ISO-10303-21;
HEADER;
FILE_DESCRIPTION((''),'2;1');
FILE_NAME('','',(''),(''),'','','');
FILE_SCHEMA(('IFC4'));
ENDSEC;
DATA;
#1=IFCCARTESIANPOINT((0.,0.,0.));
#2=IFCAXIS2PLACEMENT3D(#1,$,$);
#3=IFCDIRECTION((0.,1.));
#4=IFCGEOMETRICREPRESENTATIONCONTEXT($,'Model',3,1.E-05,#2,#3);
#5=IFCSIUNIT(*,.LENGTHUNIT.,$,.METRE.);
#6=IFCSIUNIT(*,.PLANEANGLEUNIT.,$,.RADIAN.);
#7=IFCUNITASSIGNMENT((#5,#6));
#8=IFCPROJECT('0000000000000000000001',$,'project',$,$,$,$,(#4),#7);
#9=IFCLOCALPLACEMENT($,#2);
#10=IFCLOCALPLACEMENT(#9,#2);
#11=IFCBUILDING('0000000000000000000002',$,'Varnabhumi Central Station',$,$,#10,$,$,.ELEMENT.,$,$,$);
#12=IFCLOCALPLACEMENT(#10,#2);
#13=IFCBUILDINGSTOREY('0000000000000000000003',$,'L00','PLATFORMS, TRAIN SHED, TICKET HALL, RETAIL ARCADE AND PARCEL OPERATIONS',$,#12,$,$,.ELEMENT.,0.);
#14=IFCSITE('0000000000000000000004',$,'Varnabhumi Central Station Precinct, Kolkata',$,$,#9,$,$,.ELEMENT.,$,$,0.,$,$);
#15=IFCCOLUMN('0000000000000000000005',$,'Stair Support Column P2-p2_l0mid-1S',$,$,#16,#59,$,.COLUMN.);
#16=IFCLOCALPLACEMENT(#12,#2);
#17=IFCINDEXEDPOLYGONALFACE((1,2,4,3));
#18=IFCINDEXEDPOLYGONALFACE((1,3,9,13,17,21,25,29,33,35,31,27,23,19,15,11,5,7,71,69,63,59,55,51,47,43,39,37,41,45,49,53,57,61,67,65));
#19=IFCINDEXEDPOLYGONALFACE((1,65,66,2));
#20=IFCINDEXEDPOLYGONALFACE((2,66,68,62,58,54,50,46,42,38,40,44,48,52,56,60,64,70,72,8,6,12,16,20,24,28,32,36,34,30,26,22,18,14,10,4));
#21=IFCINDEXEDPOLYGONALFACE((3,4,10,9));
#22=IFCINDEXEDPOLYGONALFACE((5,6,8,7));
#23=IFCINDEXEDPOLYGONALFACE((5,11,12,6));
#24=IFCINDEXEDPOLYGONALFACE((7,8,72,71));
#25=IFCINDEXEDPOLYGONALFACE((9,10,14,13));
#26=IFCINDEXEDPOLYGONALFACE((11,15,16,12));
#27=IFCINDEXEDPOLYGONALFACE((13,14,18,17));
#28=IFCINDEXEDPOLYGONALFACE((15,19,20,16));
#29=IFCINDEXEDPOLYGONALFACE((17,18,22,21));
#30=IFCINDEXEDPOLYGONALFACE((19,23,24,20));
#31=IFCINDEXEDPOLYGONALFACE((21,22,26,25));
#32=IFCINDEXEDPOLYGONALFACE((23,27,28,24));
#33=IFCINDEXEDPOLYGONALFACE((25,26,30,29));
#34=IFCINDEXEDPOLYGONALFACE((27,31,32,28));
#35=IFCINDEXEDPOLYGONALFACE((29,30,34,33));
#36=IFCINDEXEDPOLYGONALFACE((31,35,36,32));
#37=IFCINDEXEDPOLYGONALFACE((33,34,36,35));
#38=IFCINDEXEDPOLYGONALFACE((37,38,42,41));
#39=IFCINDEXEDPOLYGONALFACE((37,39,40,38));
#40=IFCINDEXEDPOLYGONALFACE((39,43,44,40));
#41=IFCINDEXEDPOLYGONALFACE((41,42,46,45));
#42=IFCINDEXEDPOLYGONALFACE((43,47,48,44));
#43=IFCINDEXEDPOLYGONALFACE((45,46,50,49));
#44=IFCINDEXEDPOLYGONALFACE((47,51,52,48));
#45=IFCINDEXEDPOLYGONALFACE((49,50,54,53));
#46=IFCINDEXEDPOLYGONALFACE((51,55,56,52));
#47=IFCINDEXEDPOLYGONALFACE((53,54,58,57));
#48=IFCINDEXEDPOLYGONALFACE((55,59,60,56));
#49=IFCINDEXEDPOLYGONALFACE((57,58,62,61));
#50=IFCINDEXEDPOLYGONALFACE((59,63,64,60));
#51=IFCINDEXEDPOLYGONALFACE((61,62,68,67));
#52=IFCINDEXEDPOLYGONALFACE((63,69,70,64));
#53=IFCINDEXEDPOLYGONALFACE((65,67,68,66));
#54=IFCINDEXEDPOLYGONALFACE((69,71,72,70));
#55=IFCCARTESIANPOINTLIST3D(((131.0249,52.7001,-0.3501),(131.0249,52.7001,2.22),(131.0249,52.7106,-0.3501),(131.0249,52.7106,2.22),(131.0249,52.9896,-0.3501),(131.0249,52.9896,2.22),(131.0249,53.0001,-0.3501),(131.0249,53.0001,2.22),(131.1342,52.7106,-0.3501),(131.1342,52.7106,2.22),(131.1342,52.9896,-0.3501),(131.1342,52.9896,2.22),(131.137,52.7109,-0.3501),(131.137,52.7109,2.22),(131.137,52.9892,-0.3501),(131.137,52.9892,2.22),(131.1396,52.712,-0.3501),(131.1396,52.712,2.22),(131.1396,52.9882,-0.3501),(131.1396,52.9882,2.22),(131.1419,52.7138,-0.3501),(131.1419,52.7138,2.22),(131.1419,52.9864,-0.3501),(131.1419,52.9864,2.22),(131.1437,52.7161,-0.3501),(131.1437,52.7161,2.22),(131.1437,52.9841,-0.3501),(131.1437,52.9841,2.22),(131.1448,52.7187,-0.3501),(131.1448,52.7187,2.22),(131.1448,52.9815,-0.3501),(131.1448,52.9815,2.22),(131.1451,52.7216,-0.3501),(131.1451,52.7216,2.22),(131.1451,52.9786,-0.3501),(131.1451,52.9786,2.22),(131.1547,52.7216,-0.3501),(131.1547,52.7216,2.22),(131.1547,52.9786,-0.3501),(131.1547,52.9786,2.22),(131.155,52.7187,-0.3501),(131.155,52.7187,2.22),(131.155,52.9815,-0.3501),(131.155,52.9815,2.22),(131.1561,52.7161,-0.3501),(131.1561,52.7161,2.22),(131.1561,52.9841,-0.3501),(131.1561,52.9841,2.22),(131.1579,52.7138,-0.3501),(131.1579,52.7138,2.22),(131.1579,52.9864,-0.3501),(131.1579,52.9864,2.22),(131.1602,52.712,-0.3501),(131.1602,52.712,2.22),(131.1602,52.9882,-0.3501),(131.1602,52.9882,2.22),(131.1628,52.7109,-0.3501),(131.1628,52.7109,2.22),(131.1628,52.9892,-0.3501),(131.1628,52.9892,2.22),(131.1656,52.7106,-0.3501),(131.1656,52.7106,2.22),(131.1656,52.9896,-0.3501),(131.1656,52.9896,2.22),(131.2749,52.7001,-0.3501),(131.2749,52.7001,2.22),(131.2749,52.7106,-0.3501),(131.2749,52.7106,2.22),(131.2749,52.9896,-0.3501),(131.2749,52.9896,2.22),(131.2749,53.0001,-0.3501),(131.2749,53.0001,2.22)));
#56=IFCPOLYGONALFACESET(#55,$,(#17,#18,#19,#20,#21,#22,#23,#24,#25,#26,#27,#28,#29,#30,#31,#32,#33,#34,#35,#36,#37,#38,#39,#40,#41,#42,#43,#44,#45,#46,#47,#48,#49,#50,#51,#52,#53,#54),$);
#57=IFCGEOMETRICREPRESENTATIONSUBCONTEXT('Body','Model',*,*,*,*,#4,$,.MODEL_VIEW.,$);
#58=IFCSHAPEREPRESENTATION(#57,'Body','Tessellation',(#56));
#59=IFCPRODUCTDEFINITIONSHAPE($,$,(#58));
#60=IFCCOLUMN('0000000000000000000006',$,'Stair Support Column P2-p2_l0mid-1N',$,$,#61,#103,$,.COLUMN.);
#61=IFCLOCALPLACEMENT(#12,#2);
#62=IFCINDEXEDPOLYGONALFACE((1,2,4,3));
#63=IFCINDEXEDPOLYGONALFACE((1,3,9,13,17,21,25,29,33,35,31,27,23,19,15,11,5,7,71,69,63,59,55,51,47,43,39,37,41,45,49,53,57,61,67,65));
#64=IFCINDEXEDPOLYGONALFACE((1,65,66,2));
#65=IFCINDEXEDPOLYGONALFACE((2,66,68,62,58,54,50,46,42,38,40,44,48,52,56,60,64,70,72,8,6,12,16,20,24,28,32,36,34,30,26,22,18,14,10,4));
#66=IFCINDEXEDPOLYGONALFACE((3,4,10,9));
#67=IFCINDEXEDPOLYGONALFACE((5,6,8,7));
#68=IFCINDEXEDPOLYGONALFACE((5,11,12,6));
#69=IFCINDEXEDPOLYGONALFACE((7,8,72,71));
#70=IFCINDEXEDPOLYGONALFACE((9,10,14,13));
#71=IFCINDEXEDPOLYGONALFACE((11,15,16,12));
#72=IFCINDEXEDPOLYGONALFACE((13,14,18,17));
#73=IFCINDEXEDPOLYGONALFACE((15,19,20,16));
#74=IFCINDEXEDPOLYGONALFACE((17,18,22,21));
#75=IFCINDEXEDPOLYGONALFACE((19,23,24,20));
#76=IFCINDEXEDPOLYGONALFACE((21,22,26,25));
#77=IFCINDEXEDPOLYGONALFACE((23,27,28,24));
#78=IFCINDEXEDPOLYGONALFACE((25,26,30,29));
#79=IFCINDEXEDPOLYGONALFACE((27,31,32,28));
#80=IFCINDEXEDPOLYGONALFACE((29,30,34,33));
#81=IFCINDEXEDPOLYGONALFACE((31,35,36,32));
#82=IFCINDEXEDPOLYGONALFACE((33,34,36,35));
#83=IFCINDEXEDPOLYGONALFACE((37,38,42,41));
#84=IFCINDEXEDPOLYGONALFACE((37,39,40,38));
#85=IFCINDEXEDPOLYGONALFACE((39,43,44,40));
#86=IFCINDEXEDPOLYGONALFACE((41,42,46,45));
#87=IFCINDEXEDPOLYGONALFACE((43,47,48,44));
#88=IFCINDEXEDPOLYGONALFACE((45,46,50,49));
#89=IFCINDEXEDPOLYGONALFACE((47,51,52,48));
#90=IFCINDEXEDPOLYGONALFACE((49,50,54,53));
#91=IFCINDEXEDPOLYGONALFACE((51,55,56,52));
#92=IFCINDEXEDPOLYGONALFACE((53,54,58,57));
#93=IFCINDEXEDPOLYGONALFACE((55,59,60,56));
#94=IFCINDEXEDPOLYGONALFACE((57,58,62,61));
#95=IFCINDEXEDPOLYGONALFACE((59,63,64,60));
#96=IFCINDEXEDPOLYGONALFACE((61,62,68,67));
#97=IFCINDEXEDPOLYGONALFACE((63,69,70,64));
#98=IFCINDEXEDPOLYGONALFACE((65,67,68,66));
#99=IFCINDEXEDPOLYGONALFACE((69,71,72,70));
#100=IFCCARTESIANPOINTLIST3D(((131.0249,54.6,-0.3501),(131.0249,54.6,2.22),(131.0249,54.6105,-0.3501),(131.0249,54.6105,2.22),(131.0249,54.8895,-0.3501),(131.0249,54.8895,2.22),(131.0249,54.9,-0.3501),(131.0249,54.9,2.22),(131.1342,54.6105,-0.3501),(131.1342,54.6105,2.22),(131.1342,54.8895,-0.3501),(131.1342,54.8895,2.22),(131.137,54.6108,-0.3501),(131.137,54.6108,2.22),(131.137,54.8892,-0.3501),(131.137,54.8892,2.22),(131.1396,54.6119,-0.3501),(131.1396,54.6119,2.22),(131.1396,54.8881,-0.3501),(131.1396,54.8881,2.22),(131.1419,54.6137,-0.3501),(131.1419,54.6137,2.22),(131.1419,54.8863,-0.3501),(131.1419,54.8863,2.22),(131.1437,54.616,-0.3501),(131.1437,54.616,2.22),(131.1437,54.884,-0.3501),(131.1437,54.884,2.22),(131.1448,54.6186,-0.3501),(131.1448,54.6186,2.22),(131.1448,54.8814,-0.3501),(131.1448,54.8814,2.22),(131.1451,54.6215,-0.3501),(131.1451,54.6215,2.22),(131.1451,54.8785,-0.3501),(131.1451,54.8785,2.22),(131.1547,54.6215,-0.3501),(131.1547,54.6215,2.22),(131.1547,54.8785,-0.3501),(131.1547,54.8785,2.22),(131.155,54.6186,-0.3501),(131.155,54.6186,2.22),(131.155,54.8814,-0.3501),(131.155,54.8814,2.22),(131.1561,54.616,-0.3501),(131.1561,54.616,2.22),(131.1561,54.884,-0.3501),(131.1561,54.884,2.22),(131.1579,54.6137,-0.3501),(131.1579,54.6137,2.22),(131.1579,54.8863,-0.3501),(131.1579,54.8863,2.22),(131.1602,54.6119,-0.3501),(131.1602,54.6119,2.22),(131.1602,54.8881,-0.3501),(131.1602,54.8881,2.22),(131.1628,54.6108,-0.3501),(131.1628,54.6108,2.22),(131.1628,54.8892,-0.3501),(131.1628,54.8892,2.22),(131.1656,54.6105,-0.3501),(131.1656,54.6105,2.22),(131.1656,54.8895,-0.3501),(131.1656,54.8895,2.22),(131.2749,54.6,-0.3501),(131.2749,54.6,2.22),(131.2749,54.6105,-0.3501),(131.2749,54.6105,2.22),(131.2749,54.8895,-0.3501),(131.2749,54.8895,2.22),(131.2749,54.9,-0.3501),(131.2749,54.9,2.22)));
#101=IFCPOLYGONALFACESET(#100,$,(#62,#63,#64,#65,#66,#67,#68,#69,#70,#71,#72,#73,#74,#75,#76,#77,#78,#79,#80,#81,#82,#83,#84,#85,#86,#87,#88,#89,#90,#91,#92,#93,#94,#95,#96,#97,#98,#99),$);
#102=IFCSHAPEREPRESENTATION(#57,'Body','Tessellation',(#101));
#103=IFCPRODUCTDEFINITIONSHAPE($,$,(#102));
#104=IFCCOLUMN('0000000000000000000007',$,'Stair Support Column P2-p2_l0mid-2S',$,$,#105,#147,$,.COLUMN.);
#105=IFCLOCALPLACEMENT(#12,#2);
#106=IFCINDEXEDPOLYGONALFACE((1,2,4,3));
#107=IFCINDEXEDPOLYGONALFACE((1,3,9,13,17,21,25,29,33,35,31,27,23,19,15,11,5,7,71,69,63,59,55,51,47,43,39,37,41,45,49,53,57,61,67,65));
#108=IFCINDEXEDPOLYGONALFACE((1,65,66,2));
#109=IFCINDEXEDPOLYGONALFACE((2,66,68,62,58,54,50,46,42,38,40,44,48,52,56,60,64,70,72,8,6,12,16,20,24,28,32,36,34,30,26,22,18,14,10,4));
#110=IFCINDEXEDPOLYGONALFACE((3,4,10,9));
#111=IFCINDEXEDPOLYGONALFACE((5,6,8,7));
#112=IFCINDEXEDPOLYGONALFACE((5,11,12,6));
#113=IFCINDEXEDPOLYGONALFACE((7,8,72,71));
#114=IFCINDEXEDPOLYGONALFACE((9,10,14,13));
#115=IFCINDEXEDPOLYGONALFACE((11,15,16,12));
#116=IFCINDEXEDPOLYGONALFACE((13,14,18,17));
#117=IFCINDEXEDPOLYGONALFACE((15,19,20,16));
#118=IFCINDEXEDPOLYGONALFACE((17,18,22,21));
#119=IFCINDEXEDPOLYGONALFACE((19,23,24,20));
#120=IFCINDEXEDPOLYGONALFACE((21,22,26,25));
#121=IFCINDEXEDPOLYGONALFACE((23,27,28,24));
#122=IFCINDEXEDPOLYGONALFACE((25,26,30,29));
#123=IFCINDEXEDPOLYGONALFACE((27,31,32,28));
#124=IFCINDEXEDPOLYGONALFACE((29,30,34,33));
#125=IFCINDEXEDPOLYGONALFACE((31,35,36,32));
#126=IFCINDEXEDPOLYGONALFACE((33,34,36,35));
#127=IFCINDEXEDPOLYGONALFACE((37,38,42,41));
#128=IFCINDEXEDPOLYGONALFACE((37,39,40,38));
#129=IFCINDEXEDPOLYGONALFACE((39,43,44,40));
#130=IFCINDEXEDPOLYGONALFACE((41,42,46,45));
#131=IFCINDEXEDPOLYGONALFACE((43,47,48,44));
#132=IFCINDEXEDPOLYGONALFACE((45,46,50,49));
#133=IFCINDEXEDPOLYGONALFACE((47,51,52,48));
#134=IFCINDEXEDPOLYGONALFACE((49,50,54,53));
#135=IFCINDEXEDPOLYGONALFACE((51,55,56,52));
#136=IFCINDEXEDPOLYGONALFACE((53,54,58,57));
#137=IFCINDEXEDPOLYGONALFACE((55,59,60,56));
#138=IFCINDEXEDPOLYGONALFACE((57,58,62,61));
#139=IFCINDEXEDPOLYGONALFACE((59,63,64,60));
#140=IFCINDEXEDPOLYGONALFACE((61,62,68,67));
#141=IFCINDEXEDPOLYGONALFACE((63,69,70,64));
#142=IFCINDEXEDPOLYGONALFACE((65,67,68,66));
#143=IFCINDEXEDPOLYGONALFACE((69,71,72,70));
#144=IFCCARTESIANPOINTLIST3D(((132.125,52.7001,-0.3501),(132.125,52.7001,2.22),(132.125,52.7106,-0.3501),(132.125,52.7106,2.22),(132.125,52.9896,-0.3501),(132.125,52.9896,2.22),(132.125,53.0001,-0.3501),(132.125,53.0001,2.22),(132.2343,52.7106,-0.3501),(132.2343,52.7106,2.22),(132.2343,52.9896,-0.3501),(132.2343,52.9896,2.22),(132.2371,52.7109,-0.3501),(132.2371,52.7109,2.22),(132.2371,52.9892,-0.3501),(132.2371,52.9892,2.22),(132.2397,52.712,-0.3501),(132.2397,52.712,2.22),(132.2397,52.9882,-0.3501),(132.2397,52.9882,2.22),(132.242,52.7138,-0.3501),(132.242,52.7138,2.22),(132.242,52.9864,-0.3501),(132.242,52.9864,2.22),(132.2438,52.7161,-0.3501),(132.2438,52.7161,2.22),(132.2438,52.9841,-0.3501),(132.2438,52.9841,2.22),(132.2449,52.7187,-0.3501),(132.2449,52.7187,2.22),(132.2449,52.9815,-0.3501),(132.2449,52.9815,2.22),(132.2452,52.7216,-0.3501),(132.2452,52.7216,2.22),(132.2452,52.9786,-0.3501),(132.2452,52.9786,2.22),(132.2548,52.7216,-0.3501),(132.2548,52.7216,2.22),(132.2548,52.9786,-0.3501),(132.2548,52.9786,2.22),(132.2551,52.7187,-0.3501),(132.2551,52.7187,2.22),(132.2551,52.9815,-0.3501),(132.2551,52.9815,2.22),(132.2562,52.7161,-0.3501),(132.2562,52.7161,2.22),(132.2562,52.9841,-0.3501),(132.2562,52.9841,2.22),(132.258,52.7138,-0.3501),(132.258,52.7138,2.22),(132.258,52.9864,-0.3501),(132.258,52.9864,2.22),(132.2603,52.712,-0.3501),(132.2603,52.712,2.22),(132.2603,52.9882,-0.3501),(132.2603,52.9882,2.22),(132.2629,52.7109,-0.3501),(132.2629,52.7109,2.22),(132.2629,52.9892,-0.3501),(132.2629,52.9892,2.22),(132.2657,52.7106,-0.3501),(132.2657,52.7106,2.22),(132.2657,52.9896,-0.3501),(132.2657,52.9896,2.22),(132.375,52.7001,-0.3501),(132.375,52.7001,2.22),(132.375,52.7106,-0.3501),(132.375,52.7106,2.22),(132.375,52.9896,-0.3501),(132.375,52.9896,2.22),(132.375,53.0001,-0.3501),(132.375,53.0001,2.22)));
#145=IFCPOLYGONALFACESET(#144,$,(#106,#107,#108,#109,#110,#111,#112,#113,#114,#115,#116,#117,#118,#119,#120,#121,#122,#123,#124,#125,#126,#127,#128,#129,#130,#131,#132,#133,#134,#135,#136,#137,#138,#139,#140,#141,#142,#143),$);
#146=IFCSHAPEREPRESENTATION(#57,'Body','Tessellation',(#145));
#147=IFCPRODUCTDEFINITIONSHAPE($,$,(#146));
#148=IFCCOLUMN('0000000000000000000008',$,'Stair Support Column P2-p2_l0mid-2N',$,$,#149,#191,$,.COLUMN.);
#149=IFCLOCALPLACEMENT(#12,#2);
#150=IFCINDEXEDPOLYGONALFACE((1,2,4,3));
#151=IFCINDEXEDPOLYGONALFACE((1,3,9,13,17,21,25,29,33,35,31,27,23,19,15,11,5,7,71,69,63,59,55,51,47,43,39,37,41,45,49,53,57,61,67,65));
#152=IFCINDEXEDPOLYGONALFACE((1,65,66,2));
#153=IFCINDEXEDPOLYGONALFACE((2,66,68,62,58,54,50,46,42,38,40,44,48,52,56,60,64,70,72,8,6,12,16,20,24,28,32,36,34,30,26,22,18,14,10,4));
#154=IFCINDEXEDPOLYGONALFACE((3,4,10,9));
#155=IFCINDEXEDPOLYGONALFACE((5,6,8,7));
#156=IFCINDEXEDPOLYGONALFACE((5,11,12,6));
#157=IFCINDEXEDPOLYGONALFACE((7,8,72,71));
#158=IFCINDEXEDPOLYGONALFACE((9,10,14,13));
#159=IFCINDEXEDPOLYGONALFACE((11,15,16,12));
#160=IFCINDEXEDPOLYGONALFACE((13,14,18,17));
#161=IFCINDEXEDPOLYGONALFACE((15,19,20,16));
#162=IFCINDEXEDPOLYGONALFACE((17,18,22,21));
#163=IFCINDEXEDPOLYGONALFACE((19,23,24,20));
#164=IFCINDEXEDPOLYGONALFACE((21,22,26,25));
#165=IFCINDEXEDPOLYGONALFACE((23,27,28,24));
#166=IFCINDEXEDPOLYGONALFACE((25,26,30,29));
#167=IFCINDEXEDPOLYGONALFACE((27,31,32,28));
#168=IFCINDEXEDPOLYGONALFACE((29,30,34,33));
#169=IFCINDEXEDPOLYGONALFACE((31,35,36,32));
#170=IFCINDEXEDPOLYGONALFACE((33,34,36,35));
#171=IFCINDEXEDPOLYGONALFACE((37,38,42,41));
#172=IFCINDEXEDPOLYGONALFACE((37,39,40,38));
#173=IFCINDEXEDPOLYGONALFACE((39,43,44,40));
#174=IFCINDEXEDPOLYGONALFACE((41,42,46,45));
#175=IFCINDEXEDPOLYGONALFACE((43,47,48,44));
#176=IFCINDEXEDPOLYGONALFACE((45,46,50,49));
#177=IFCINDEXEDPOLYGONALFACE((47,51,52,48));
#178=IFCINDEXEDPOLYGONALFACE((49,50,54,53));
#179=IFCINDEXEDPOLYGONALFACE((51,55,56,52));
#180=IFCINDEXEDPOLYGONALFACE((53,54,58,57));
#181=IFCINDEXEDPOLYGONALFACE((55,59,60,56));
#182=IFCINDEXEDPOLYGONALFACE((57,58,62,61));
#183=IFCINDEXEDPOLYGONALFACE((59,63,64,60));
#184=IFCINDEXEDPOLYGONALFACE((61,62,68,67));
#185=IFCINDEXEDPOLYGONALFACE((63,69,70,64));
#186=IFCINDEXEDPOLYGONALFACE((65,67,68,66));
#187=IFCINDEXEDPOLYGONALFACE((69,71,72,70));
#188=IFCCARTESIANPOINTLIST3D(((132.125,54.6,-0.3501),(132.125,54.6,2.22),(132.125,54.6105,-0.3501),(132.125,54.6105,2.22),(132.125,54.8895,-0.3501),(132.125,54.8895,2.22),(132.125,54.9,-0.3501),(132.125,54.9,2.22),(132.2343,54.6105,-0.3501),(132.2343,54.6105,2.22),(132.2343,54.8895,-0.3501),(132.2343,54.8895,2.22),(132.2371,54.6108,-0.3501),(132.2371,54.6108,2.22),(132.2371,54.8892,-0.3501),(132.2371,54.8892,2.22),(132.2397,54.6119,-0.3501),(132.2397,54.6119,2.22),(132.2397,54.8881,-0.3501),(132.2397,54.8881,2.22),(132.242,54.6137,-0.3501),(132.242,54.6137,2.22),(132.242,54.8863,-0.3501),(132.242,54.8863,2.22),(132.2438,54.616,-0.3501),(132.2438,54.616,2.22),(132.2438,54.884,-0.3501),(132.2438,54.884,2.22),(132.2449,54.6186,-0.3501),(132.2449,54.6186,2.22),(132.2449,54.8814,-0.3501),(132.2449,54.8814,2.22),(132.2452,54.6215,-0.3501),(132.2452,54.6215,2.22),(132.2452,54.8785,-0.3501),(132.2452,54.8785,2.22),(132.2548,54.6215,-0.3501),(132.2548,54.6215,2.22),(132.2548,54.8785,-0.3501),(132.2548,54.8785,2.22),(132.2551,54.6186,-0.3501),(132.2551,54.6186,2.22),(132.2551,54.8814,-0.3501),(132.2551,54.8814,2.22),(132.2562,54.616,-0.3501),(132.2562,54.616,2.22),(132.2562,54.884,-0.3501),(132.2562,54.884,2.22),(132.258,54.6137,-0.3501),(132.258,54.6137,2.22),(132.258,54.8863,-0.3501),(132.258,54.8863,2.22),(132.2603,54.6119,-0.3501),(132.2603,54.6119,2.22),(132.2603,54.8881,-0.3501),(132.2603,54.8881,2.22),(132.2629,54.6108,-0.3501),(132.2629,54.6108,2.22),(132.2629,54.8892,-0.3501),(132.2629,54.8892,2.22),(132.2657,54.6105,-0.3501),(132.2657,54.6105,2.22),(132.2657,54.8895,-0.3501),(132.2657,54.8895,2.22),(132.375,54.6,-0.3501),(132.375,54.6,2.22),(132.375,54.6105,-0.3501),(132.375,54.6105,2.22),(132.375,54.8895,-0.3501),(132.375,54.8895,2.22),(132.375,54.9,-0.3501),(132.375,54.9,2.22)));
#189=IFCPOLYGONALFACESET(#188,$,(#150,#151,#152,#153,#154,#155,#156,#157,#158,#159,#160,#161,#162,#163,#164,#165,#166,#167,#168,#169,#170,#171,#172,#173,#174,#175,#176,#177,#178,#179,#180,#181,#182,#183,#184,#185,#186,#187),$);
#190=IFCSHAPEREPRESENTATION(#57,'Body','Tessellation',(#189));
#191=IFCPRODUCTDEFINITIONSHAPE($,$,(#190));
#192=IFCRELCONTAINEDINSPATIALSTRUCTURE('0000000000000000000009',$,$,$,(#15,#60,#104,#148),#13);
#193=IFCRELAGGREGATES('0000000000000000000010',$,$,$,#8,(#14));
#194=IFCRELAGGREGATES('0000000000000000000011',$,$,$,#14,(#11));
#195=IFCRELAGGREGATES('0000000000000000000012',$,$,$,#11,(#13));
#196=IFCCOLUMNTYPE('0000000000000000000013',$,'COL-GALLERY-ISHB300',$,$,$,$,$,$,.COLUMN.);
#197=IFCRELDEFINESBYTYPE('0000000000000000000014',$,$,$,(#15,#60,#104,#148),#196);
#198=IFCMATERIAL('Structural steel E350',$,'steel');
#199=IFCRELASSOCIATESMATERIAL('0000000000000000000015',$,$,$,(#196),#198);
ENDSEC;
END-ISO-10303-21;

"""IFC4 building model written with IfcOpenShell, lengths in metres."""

from ifc_helpers import new_model, si_unit, direction, frame, origin, origin_2d, place, context, subcontext, project, spatial, i_section, extrude, material, material_profile, profile_set, type_object, element, save


model = new_model("IFC4")

# Units and contexts
model_context = context("Model", 3, precision=1e-05, world=origin(), true_north=direction((0.0, 1.0)))
body_context = subcontext(model_context, "Body", "Model", "MODEL_VIEW")
ifc_project = project(units=[si_unit("LENGTHUNIT", "METRE"), si_unit("PLANEANGLEUNIT", "RADIAN")], contexts=[model_context])

# Site, building, storey
site_placement = place(None, origin())
site = spatial("IfcSite", under=ifc_project, at=site_placement, Name="Varnabhumi Central Station Precinct, Kolkata", CompositionType="ELEMENT", RefElevation=0.0)
building_placement = place(site_placement, origin())
building = spatial("IfcBuilding", under=site, at=building_placement, Name="Varnabhumi Central Station", CompositionType="ELEMENT")
storey_placement = place(building_placement, origin())
storey = spatial("IfcBuildingStorey", under=building, at=storey_placement, Name="L00", Description="PLATFORMS, TRAIN SHED, TICKET HALL, RETAIL ARCADE AND PARCEL OPERATIONS", CompositionType="ELEMENT", Elevation=0.0)

# Columns
ifc_material_1 = material(Name="Structural steel E350", Category="steel")
ifc_material_profile_1 = material_profile(ifc_material_1, i_section(OverallWidth=0.25, OverallDepth=0.3, WebThickness=0.0095, FlangeThickness=0.0105, FilletRadius=0.011, at=origin_2d()), Name="Structural steel E350", Category="steel")
ifc_profile_set_1 = profile_set([ifc_material_profile_1], Name="Structural steel E350")
column_type = type_object("IfcColumnType", Name="COL-GALLERY-ISHB300", PredefinedType="COLUMN", material=ifc_profile_set_1)
for number, where, z_axis, x_axis, name in (
    (1, (131.1499, 52.8501, -0.3501), (0.0, 0.0, 1.0), (1.0, 0.0, 0.0), "Stair Support Column P2-p2_l0mid-1S"),
    (2, (131.1499, 54.75, -0.3501), (0.0, 0.0, 1.0), (1.0, 0.0, 0.0), "Stair Support Column P2-p2_l0mid-1N"),
    (3, (132.25, 52.8501, -0.3501), (0.0, 0.0, 1.0), (1.0, 0.0, 0.0), "Stair Support Column P2-p2_l0mid-2S"),
    (4, (132.25, 54.75, -0.3501), (0.0, 0.0, 1.0), (1.0, 0.0, 0.0), "Stair Support Column P2-p2_l0mid-2N"),
):
    element("IfcColumn", number, at=place(storey_placement, frame(where, z_axis=z_axis, x_axis=x_axis)), inside=storey, type_object=column_type, Name=name, PredefinedType="COLUMN", context=body_context, shape_type="SweptSolid", body=[
        extrude(i_section(OverallWidth=0.25, OverallDepth=0.3, WebThickness=0.0095, FlangeThickness=0.0105, FilletRadius=0.011, at=origin_2d()), origin(), (0.0, 0.0, 1.0), 2.5701),
    ])

save(model, "model.ifc")
